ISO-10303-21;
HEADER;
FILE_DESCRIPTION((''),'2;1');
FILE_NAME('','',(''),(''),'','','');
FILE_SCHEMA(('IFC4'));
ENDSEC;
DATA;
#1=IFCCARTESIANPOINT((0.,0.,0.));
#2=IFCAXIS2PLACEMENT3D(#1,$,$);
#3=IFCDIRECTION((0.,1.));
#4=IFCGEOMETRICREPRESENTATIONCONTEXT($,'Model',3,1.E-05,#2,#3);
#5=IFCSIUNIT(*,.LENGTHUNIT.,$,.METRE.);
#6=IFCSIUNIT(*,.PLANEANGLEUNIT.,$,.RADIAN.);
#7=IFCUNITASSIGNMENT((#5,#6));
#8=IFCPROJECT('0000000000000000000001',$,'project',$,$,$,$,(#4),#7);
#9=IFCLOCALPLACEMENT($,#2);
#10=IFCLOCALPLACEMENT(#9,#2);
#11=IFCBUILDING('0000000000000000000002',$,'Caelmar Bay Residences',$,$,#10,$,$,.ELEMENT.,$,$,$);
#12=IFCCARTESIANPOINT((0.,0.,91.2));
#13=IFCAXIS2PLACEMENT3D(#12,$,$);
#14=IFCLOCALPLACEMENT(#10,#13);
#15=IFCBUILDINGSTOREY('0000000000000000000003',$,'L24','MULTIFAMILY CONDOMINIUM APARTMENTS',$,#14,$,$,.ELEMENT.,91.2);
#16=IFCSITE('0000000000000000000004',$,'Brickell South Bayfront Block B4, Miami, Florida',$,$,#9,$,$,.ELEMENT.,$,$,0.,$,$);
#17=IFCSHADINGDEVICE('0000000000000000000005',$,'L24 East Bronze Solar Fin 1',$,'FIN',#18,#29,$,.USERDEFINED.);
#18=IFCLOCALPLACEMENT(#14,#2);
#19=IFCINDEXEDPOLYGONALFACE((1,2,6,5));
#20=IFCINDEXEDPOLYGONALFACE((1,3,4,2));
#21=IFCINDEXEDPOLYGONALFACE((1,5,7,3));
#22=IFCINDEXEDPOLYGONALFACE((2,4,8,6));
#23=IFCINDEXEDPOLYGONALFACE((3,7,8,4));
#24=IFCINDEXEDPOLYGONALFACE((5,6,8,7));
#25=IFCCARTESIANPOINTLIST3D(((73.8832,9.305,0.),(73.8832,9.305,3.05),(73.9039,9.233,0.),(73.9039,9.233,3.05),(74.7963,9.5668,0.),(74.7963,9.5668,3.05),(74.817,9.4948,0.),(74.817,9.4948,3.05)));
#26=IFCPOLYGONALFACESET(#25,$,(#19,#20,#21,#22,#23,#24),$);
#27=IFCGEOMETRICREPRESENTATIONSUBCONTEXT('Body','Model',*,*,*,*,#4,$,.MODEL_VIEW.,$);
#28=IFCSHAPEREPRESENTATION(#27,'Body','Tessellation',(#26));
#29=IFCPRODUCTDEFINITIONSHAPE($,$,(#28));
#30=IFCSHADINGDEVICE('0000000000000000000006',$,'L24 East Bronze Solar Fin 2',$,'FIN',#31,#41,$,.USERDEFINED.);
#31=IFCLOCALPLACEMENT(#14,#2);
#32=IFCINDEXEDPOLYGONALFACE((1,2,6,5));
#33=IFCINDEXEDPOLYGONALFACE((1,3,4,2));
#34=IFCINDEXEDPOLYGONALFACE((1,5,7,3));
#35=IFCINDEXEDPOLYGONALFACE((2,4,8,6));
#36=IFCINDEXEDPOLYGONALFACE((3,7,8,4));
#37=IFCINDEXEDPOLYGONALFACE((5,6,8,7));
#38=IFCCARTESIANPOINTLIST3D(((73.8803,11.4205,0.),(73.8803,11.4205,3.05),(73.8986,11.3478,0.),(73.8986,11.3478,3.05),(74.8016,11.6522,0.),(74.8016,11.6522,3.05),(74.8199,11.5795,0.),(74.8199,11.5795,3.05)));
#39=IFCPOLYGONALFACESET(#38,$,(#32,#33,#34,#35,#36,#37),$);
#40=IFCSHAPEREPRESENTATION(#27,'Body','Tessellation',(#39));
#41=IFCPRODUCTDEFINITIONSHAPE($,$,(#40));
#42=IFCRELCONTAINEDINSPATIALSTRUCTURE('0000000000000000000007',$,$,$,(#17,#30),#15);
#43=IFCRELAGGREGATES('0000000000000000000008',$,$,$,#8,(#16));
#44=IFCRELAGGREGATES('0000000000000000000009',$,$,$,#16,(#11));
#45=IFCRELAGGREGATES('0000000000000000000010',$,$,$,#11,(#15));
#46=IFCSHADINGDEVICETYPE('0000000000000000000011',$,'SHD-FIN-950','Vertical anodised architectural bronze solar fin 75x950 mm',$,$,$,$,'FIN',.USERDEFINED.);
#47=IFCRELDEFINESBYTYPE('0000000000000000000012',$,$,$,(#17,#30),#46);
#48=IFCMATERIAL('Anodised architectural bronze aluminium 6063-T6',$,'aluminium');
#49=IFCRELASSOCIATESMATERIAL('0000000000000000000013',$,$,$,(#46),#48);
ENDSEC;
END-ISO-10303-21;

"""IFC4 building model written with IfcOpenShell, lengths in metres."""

from ifc_helpers import new_model, si_unit, direction, frame, origin, origin_2d, place, context, subcontext, project, spatial, rectangle, extrude, material, material_profile, profile_set, type_object, element, save


model = new_model("IFC4")

# Units and contexts
model_context = context("Model", 3, precision=1e-05, world=origin(), true_north=direction((0.0, 1.0)))
body_context = subcontext(model_context, "Body", "Model", "MODEL_VIEW")
ifc_project = project(units=[si_unit("LENGTHUNIT", "METRE"), si_unit("PLANEANGLEUNIT", "RADIAN")], contexts=[model_context])

# Site, building, storey
site_placement = place(None, origin())
site = spatial("IfcSite", under=ifc_project, at=site_placement, Name="Brickell South Bayfront Block B4, Miami, Florida", CompositionType="ELEMENT", RefElevation=0.0)
building_placement = place(site_placement, origin())
building = spatial("IfcBuilding", under=site, at=building_placement, Name="Caelmar Bay Residences", CompositionType="ELEMENT")
storey_placement = place(building_placement, frame((0.0, 0.0, 91.2)))
storey = spatial("IfcBuildingStorey", under=building, at=storey_placement, Name="L24", Description="MULTIFAMILY CONDOMINIUM APARTMENTS", CompositionType="ELEMENT", Elevation=91.2)

# Shading devices
ifc_material_1 = material(Name="Anodised architectural bronze aluminium 6063-T6", Category="aluminium")
ifc_material_profile_1 = material_profile(ifc_material_1, rectangle(XDim=0.075, YDim=0.95, at=origin_2d()), Name="BRONZE-FIN-75X950")
ifc_profile_set_1 = profile_set([ifc_material_profile_1], Name="Anodised architectural bronze aluminium 6063-T6")
shading_device_type = type_object("IfcShadingDeviceType", Name="SHD-FIN-950", Description="Vertical anodised architectural bronze solar fin 75x950 mm", ElementType="FIN", PredefinedType="USERDEFINED", material=ifc_profile_set_1)
for number, where, z_axis, x_axis, name in (
    (1, (74.3501, 9.3999, 0.0), (0.0, 0.0, 1.0), (-0.275637, 0.961262, 0.0), "L24 East Bronze Solar Fin 1"),
    (2, (74.3501, 11.5, 0.0), (0.0, 0.0, 1.0), (-0.243954, 0.969787, 0.0), "L24 East Bronze Solar Fin 2"),
):
    element("IfcShadingDevice", number, at=place(storey_placement, frame(where, z_axis=z_axis, x_axis=x_axis)), inside=storey, type_object=shading_device_type, Name=name, ObjectType="FIN", PredefinedType="USERDEFINED", context=body_context, shape_type="SweptSolid", body=[
        extrude(rectangle(XDim=0.075, YDim=0.95, at=origin_2d()), origin(), (0.0, 0.0, 1.0), 3.05),
    ])

save(model, "model.ifc")
